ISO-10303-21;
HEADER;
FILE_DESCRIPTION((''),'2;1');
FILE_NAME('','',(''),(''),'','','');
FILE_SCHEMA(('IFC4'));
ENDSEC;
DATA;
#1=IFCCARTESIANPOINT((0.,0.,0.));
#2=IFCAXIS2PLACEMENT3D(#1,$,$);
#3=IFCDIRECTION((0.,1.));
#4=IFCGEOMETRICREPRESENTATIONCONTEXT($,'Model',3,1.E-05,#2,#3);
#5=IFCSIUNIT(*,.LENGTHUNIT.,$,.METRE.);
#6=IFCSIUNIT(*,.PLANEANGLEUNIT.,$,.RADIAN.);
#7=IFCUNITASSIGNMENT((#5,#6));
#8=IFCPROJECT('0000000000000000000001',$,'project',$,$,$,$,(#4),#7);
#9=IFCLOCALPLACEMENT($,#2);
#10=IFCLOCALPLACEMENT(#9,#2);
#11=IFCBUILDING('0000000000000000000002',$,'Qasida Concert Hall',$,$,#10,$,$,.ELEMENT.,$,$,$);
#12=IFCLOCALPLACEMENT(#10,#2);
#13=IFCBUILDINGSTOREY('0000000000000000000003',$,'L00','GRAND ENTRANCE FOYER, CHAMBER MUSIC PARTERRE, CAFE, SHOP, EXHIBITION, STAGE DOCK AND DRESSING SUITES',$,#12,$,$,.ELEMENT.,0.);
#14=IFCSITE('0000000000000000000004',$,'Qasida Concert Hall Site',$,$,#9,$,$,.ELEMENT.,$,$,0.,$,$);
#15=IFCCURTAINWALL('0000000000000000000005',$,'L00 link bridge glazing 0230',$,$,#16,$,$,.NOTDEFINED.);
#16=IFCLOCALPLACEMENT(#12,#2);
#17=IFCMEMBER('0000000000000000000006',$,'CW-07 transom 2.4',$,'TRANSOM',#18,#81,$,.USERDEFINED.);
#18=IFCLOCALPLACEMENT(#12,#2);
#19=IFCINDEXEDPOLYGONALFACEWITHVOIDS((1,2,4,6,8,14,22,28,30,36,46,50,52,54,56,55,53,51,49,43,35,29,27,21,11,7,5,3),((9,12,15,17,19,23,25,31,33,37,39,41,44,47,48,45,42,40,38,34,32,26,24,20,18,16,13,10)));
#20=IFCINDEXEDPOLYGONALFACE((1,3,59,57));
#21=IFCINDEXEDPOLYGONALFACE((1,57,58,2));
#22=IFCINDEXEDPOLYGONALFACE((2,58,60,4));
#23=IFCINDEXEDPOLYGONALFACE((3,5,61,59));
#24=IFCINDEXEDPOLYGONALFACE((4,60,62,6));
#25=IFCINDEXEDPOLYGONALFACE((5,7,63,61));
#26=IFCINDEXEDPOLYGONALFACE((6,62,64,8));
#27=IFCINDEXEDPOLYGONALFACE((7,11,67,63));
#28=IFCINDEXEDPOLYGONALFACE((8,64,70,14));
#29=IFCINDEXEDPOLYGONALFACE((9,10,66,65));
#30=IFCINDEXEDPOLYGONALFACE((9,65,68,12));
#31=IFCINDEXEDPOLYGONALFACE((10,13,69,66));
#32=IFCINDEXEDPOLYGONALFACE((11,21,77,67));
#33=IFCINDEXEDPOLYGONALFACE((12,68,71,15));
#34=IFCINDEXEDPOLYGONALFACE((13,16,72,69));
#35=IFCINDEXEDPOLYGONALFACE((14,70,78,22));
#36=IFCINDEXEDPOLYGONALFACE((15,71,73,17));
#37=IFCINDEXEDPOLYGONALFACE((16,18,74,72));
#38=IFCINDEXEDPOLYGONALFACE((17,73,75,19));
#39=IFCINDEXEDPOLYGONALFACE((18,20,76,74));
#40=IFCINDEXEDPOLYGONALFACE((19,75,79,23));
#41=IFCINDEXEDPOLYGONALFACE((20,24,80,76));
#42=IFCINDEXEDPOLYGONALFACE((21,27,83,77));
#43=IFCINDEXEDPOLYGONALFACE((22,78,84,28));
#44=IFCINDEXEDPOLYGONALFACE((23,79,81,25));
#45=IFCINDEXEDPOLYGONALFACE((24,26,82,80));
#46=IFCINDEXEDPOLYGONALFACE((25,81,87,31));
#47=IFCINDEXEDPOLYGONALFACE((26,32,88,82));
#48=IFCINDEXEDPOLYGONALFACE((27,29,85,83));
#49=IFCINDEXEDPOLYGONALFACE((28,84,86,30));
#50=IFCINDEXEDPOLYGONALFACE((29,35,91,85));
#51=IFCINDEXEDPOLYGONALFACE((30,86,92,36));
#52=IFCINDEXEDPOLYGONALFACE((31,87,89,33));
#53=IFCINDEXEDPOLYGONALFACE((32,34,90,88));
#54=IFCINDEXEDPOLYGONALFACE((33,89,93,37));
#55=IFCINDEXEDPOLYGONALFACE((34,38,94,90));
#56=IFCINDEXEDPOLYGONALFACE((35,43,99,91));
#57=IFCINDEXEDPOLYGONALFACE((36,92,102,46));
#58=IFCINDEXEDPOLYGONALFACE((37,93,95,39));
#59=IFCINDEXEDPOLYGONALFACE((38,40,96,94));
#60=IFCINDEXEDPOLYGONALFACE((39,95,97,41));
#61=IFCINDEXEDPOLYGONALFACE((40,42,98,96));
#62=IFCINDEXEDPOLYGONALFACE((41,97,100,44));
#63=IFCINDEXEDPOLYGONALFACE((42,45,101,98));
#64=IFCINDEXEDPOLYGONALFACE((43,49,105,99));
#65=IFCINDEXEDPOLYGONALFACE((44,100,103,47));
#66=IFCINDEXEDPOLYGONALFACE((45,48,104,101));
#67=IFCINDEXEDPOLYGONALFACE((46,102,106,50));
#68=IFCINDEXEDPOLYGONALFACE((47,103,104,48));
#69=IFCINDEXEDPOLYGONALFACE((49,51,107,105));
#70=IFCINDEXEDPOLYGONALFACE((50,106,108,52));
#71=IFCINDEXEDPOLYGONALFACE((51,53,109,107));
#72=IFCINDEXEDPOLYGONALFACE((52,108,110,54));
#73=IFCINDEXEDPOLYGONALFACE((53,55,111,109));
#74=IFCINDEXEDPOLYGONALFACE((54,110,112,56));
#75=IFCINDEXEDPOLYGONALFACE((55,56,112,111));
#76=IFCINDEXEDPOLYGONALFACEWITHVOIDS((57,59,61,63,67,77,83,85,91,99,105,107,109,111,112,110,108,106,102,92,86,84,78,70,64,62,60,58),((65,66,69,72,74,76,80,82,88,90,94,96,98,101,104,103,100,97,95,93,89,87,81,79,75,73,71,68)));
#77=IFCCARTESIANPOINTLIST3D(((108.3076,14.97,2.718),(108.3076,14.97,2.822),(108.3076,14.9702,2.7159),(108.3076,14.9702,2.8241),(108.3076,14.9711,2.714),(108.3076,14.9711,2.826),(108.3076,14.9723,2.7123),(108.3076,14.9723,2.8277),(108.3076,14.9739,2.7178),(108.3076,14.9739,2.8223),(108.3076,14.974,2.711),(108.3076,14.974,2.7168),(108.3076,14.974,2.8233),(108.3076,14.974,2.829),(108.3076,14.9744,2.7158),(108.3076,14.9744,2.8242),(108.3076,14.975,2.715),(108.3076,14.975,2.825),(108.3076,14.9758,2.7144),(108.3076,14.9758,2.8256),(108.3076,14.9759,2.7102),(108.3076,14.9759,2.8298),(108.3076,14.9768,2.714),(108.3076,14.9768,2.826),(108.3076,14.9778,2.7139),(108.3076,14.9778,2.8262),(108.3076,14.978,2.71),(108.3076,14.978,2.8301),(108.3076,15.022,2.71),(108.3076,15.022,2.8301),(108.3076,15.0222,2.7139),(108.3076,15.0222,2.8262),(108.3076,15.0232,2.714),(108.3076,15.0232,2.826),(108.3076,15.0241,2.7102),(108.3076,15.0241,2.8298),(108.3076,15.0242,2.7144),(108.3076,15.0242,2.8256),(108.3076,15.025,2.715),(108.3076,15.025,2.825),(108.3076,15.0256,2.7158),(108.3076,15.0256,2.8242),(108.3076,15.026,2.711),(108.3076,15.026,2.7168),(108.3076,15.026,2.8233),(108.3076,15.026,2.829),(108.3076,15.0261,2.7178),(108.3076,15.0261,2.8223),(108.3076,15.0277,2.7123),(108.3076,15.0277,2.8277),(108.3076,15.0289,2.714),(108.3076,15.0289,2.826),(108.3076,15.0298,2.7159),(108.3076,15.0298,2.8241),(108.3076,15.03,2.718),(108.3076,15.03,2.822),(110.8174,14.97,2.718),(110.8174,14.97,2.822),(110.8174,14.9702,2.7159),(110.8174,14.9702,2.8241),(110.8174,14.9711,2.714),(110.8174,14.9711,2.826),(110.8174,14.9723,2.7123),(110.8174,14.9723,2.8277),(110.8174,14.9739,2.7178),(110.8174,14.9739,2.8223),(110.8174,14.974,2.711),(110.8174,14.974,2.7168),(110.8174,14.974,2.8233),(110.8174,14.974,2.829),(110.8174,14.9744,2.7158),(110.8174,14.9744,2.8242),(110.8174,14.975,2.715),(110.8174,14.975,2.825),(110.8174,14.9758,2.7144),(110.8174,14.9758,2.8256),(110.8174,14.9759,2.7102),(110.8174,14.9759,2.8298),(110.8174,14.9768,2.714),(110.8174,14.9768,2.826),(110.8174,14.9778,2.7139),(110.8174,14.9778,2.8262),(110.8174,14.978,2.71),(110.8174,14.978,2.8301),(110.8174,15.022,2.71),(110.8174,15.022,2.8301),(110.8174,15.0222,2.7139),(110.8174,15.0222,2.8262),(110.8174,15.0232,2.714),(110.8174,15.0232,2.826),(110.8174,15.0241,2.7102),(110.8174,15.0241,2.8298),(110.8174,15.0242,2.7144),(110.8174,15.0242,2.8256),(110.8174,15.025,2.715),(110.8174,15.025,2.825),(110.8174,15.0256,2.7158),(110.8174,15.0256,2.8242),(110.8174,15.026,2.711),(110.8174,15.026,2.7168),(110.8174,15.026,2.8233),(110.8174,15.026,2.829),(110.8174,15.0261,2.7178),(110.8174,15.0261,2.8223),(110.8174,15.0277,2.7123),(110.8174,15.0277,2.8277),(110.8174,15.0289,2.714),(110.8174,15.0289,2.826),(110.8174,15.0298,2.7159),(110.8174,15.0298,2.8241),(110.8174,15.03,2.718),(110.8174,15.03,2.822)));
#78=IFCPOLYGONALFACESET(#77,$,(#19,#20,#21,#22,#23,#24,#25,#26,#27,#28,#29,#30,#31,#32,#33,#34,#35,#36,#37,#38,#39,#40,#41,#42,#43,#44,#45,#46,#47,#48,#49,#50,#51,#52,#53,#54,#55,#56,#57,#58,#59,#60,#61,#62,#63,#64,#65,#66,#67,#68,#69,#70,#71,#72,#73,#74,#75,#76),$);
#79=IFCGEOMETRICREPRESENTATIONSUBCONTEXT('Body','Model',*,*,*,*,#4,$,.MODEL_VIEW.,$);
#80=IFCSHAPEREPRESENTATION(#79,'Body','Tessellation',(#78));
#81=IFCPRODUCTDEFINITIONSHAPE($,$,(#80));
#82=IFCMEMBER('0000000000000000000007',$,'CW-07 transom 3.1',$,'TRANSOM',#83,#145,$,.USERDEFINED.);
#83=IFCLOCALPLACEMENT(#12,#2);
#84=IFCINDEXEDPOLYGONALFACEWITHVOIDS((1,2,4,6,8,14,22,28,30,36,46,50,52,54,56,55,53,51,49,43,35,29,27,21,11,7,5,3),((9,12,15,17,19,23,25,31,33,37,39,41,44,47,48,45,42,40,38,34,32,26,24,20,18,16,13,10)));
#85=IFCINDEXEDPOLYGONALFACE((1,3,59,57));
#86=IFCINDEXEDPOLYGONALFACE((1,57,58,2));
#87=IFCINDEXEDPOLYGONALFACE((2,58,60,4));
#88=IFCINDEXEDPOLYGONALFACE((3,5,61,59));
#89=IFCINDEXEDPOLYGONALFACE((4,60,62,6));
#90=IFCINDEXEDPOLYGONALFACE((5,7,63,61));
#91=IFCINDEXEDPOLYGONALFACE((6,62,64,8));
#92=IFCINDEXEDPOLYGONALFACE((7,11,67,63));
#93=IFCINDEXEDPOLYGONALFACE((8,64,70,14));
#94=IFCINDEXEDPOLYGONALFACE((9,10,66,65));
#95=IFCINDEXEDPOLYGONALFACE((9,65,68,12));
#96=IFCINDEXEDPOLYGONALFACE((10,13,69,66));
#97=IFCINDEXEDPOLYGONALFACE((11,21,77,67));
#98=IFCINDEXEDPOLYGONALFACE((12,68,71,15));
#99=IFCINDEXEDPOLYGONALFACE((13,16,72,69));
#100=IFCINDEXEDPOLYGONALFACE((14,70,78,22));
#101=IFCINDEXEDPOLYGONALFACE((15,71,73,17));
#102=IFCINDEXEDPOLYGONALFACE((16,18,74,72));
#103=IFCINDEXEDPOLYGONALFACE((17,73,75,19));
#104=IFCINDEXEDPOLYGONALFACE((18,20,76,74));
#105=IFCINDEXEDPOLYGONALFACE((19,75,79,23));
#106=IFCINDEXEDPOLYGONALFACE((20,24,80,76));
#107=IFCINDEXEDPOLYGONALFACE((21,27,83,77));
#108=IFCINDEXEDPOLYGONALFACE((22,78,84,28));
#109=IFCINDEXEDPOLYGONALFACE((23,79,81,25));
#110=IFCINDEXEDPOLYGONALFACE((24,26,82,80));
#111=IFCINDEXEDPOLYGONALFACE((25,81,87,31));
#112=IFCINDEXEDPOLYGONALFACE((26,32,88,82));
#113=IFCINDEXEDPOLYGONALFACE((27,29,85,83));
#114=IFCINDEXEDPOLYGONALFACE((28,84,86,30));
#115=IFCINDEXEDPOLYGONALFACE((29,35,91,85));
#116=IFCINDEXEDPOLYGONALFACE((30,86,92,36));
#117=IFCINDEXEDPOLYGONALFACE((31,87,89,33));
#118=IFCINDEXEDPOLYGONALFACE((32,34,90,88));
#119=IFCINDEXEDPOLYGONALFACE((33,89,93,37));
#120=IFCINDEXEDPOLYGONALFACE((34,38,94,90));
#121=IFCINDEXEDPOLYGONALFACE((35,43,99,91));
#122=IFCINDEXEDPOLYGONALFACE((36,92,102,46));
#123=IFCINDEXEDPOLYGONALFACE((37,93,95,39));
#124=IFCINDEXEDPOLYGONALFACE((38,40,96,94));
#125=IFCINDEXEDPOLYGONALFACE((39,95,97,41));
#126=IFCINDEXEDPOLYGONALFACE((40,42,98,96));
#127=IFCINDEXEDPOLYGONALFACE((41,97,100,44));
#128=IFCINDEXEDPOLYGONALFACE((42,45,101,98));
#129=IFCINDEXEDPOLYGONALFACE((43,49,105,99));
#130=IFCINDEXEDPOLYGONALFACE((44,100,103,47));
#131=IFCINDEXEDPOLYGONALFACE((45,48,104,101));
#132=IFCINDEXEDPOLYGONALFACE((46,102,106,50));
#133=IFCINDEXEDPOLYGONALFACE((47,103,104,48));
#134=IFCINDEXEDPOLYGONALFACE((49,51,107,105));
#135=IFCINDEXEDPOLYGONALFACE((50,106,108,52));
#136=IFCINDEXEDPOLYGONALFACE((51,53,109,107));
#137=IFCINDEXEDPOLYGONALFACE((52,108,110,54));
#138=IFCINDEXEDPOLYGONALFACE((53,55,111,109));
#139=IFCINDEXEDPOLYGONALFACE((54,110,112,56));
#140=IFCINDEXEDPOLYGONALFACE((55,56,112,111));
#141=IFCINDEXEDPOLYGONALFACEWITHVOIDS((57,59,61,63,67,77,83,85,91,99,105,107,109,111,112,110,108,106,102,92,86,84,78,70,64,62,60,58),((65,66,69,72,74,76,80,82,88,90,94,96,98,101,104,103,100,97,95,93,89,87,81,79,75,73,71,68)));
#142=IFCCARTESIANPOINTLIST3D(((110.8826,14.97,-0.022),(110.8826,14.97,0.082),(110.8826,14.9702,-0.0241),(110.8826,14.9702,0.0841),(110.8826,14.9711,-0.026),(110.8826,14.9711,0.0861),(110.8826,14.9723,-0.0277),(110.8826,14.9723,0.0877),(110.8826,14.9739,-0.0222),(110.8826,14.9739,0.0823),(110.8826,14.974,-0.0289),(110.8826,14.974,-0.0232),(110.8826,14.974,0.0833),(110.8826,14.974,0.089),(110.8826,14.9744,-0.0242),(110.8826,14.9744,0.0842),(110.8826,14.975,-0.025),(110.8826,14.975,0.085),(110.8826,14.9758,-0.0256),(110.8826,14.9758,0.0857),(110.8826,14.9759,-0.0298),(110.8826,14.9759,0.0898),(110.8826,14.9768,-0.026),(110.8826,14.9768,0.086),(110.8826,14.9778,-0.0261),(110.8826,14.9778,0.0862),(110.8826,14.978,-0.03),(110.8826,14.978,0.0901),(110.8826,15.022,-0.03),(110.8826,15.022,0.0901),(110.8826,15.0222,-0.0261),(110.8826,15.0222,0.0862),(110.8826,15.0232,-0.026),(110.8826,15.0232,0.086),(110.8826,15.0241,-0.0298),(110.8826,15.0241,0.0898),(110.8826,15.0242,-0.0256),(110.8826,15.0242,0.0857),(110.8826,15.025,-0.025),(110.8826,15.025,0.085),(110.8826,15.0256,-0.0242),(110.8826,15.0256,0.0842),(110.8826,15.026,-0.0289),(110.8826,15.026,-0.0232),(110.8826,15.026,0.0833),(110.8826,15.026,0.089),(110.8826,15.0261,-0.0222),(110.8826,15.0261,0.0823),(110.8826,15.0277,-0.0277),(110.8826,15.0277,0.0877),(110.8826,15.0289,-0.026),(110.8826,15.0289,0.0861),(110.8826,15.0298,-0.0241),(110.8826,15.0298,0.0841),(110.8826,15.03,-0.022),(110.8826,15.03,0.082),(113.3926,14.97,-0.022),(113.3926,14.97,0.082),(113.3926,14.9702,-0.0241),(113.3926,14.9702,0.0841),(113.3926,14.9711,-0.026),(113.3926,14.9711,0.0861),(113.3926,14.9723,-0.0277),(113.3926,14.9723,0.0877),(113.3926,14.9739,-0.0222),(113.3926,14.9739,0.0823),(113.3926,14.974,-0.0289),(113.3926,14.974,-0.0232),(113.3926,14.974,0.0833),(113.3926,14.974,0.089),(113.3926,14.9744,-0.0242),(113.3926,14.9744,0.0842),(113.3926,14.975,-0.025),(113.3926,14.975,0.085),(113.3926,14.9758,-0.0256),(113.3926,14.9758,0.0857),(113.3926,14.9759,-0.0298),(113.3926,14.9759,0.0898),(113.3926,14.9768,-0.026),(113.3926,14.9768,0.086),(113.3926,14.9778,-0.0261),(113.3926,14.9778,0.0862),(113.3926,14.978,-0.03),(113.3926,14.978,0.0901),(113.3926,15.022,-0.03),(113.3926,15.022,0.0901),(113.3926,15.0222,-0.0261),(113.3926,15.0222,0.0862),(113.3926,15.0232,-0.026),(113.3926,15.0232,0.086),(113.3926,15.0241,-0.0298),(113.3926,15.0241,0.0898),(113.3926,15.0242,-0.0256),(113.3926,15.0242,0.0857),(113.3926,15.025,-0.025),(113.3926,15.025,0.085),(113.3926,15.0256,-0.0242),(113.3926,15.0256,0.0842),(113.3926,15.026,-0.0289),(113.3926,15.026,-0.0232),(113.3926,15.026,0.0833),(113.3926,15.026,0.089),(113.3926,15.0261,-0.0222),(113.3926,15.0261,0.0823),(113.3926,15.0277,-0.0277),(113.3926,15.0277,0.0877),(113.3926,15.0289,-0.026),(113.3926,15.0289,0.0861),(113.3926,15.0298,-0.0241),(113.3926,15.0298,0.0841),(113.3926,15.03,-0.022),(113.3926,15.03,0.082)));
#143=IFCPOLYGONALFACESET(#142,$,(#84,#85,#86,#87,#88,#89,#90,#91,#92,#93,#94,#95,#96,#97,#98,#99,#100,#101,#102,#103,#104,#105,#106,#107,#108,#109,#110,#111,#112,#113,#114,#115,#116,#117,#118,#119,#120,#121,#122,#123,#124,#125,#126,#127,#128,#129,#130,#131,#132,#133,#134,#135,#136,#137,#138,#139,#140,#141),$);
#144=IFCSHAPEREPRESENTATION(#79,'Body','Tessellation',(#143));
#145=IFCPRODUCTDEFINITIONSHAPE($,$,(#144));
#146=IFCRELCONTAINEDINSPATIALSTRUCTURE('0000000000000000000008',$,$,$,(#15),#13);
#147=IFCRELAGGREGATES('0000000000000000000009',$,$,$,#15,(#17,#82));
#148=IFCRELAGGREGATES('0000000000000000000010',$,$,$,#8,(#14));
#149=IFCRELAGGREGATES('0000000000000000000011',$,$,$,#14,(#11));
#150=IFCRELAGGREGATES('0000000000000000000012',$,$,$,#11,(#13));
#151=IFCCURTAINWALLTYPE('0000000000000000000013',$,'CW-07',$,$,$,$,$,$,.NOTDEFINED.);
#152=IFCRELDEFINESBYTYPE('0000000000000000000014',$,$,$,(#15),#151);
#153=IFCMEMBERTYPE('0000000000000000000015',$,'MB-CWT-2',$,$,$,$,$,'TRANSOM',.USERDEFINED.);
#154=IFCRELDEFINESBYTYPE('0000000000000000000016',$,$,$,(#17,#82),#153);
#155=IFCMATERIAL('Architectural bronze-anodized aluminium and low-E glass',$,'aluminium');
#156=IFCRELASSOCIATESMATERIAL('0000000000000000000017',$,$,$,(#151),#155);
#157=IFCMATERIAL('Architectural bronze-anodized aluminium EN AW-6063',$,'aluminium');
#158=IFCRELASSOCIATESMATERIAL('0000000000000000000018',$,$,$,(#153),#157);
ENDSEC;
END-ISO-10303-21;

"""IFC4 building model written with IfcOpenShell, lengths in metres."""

from ifc_helpers import new_model, si_unit, direction, frame, origin, origin_2d, place, context, subcontext, project, spatial, hollow_rectangle, extrude, material, material_profile, profile_set, type_object, element, aggregate, save


model = new_model("IFC4")

# Units and contexts
model_context = context("Model", 3, precision=1e-05, world=origin(), true_north=direction((0.0, 1.0)))
body_context = subcontext(model_context, "Body", "Model", "MODEL_VIEW")
ifc_project = project(units=[si_unit("LENGTHUNIT", "METRE"), si_unit("PLANEANGLEUNIT", "RADIAN")], contexts=[model_context])

# Site, building, storey
site_placement = place(None, origin())
site = spatial("IfcSite", under=ifc_project, at=site_placement, Name="Qasida Concert Hall Site", CompositionType="ELEMENT", RefElevation=0.0)
building_placement = place(site_placement, origin())
building = spatial("IfcBuilding", under=site, at=building_placement, Name="Qasida Concert Hall", CompositionType="ELEMENT")
storey_placement = place(building_placement, origin())
storey = spatial("IfcBuildingStorey", under=building, at=storey_placement, Name="L00", Description="GRAND ENTRANCE FOYER, CHAMBER MUSIC PARTERRE, CAFE, SHOP, EXHIBITION, STAGE DOCK AND DRESSING SUITES", CompositionType="ELEMENT", Elevation=0.0)

# Curtain wall, members
ifc_material_1 = material(Name="Architectural bronze-anodized aluminium and low-E glass", Category="aluminium")
curtain_wall_type = type_object("IfcCurtainWallType", Name="CW-07", PredefinedType="NOTDEFINED", material=ifc_material_1)
curtain_wall_placement = place(storey_placement, origin())
curtain_wall = element("IfcCurtainWall", 1, at=curtain_wall_placement, inside=storey, type_object=curtain_wall_type, Name="L00 link bridge glazing 0230", PredefinedType="NOTDEFINED")
ifc_material_2 = material(Name="Architectural bronze-anodized aluminium EN AW-6063", Category="aluminium")
ifc_material_profile_1 = material_profile(ifc_material_2, hollow_rectangle(XDim=0.0601, YDim=0.1201, WallThickness=0.0039, InnerFilletRadius=0.0039, OuterFilletRadius=0.0081, at=origin_2d()), Name="CWT 120x60x4")
ifc_profile_set_1 = profile_set([ifc_material_profile_1], Name="Architectural bronze-anodized aluminium EN AW-6063")
member_type_1 = type_object("IfcMemberType", Name="MB-CWT-2", ElementType="TRANSOM", PredefinedType="USERDEFINED", material=ifc_profile_set_1)
member_1_placement = place(storey_placement, frame((108.3076, 15.0, 2.77), z_axis=(1.0, 0.0, 0.0), x_axis=(0.0, 1.0, 0.0)))
member_1 = element("IfcMember", 2, at=member_1_placement, type_object=member_type_1, Name="CW-07 transom 2.4", ObjectType="TRANSOM", PredefinedType="USERDEFINED", context=body_context, shape_type="SweptSolid", body=[
    extrude(hollow_rectangle(XDim=0.0601, YDim=0.1201, WallThickness=0.0039, InnerFilletRadius=0.0039, OuterFilletRadius=0.0081, at=origin_2d()), origin(), (0.0, 0.0, 1.0), 2.5098),
])
member_2_placement = place(storey_placement, frame((110.8826, 15.0, 0.03), z_axis=(1.0, 0.0, 0.0), x_axis=(0.0, 1.0, 0.0)))
member_2 = element("IfcMember", 3, at=member_2_placement, type_object=member_type_1, Name="CW-07 transom 3.1", ObjectType="TRANSOM", PredefinedType="USERDEFINED", context=body_context, shape_type="SweptSolid", body=[
    extrude(hollow_rectangle(XDim=0.0601, YDim=0.1201, WallThickness=0.0039, InnerFilletRadius=0.0039, OuterFilletRadius=0.0081, at=origin_2d()), origin(), (0.0, 0.0, 1.0), 2.51),
])
aggregate(curtain_wall, [member_1, member_2])

save(model, "model.ifc")
